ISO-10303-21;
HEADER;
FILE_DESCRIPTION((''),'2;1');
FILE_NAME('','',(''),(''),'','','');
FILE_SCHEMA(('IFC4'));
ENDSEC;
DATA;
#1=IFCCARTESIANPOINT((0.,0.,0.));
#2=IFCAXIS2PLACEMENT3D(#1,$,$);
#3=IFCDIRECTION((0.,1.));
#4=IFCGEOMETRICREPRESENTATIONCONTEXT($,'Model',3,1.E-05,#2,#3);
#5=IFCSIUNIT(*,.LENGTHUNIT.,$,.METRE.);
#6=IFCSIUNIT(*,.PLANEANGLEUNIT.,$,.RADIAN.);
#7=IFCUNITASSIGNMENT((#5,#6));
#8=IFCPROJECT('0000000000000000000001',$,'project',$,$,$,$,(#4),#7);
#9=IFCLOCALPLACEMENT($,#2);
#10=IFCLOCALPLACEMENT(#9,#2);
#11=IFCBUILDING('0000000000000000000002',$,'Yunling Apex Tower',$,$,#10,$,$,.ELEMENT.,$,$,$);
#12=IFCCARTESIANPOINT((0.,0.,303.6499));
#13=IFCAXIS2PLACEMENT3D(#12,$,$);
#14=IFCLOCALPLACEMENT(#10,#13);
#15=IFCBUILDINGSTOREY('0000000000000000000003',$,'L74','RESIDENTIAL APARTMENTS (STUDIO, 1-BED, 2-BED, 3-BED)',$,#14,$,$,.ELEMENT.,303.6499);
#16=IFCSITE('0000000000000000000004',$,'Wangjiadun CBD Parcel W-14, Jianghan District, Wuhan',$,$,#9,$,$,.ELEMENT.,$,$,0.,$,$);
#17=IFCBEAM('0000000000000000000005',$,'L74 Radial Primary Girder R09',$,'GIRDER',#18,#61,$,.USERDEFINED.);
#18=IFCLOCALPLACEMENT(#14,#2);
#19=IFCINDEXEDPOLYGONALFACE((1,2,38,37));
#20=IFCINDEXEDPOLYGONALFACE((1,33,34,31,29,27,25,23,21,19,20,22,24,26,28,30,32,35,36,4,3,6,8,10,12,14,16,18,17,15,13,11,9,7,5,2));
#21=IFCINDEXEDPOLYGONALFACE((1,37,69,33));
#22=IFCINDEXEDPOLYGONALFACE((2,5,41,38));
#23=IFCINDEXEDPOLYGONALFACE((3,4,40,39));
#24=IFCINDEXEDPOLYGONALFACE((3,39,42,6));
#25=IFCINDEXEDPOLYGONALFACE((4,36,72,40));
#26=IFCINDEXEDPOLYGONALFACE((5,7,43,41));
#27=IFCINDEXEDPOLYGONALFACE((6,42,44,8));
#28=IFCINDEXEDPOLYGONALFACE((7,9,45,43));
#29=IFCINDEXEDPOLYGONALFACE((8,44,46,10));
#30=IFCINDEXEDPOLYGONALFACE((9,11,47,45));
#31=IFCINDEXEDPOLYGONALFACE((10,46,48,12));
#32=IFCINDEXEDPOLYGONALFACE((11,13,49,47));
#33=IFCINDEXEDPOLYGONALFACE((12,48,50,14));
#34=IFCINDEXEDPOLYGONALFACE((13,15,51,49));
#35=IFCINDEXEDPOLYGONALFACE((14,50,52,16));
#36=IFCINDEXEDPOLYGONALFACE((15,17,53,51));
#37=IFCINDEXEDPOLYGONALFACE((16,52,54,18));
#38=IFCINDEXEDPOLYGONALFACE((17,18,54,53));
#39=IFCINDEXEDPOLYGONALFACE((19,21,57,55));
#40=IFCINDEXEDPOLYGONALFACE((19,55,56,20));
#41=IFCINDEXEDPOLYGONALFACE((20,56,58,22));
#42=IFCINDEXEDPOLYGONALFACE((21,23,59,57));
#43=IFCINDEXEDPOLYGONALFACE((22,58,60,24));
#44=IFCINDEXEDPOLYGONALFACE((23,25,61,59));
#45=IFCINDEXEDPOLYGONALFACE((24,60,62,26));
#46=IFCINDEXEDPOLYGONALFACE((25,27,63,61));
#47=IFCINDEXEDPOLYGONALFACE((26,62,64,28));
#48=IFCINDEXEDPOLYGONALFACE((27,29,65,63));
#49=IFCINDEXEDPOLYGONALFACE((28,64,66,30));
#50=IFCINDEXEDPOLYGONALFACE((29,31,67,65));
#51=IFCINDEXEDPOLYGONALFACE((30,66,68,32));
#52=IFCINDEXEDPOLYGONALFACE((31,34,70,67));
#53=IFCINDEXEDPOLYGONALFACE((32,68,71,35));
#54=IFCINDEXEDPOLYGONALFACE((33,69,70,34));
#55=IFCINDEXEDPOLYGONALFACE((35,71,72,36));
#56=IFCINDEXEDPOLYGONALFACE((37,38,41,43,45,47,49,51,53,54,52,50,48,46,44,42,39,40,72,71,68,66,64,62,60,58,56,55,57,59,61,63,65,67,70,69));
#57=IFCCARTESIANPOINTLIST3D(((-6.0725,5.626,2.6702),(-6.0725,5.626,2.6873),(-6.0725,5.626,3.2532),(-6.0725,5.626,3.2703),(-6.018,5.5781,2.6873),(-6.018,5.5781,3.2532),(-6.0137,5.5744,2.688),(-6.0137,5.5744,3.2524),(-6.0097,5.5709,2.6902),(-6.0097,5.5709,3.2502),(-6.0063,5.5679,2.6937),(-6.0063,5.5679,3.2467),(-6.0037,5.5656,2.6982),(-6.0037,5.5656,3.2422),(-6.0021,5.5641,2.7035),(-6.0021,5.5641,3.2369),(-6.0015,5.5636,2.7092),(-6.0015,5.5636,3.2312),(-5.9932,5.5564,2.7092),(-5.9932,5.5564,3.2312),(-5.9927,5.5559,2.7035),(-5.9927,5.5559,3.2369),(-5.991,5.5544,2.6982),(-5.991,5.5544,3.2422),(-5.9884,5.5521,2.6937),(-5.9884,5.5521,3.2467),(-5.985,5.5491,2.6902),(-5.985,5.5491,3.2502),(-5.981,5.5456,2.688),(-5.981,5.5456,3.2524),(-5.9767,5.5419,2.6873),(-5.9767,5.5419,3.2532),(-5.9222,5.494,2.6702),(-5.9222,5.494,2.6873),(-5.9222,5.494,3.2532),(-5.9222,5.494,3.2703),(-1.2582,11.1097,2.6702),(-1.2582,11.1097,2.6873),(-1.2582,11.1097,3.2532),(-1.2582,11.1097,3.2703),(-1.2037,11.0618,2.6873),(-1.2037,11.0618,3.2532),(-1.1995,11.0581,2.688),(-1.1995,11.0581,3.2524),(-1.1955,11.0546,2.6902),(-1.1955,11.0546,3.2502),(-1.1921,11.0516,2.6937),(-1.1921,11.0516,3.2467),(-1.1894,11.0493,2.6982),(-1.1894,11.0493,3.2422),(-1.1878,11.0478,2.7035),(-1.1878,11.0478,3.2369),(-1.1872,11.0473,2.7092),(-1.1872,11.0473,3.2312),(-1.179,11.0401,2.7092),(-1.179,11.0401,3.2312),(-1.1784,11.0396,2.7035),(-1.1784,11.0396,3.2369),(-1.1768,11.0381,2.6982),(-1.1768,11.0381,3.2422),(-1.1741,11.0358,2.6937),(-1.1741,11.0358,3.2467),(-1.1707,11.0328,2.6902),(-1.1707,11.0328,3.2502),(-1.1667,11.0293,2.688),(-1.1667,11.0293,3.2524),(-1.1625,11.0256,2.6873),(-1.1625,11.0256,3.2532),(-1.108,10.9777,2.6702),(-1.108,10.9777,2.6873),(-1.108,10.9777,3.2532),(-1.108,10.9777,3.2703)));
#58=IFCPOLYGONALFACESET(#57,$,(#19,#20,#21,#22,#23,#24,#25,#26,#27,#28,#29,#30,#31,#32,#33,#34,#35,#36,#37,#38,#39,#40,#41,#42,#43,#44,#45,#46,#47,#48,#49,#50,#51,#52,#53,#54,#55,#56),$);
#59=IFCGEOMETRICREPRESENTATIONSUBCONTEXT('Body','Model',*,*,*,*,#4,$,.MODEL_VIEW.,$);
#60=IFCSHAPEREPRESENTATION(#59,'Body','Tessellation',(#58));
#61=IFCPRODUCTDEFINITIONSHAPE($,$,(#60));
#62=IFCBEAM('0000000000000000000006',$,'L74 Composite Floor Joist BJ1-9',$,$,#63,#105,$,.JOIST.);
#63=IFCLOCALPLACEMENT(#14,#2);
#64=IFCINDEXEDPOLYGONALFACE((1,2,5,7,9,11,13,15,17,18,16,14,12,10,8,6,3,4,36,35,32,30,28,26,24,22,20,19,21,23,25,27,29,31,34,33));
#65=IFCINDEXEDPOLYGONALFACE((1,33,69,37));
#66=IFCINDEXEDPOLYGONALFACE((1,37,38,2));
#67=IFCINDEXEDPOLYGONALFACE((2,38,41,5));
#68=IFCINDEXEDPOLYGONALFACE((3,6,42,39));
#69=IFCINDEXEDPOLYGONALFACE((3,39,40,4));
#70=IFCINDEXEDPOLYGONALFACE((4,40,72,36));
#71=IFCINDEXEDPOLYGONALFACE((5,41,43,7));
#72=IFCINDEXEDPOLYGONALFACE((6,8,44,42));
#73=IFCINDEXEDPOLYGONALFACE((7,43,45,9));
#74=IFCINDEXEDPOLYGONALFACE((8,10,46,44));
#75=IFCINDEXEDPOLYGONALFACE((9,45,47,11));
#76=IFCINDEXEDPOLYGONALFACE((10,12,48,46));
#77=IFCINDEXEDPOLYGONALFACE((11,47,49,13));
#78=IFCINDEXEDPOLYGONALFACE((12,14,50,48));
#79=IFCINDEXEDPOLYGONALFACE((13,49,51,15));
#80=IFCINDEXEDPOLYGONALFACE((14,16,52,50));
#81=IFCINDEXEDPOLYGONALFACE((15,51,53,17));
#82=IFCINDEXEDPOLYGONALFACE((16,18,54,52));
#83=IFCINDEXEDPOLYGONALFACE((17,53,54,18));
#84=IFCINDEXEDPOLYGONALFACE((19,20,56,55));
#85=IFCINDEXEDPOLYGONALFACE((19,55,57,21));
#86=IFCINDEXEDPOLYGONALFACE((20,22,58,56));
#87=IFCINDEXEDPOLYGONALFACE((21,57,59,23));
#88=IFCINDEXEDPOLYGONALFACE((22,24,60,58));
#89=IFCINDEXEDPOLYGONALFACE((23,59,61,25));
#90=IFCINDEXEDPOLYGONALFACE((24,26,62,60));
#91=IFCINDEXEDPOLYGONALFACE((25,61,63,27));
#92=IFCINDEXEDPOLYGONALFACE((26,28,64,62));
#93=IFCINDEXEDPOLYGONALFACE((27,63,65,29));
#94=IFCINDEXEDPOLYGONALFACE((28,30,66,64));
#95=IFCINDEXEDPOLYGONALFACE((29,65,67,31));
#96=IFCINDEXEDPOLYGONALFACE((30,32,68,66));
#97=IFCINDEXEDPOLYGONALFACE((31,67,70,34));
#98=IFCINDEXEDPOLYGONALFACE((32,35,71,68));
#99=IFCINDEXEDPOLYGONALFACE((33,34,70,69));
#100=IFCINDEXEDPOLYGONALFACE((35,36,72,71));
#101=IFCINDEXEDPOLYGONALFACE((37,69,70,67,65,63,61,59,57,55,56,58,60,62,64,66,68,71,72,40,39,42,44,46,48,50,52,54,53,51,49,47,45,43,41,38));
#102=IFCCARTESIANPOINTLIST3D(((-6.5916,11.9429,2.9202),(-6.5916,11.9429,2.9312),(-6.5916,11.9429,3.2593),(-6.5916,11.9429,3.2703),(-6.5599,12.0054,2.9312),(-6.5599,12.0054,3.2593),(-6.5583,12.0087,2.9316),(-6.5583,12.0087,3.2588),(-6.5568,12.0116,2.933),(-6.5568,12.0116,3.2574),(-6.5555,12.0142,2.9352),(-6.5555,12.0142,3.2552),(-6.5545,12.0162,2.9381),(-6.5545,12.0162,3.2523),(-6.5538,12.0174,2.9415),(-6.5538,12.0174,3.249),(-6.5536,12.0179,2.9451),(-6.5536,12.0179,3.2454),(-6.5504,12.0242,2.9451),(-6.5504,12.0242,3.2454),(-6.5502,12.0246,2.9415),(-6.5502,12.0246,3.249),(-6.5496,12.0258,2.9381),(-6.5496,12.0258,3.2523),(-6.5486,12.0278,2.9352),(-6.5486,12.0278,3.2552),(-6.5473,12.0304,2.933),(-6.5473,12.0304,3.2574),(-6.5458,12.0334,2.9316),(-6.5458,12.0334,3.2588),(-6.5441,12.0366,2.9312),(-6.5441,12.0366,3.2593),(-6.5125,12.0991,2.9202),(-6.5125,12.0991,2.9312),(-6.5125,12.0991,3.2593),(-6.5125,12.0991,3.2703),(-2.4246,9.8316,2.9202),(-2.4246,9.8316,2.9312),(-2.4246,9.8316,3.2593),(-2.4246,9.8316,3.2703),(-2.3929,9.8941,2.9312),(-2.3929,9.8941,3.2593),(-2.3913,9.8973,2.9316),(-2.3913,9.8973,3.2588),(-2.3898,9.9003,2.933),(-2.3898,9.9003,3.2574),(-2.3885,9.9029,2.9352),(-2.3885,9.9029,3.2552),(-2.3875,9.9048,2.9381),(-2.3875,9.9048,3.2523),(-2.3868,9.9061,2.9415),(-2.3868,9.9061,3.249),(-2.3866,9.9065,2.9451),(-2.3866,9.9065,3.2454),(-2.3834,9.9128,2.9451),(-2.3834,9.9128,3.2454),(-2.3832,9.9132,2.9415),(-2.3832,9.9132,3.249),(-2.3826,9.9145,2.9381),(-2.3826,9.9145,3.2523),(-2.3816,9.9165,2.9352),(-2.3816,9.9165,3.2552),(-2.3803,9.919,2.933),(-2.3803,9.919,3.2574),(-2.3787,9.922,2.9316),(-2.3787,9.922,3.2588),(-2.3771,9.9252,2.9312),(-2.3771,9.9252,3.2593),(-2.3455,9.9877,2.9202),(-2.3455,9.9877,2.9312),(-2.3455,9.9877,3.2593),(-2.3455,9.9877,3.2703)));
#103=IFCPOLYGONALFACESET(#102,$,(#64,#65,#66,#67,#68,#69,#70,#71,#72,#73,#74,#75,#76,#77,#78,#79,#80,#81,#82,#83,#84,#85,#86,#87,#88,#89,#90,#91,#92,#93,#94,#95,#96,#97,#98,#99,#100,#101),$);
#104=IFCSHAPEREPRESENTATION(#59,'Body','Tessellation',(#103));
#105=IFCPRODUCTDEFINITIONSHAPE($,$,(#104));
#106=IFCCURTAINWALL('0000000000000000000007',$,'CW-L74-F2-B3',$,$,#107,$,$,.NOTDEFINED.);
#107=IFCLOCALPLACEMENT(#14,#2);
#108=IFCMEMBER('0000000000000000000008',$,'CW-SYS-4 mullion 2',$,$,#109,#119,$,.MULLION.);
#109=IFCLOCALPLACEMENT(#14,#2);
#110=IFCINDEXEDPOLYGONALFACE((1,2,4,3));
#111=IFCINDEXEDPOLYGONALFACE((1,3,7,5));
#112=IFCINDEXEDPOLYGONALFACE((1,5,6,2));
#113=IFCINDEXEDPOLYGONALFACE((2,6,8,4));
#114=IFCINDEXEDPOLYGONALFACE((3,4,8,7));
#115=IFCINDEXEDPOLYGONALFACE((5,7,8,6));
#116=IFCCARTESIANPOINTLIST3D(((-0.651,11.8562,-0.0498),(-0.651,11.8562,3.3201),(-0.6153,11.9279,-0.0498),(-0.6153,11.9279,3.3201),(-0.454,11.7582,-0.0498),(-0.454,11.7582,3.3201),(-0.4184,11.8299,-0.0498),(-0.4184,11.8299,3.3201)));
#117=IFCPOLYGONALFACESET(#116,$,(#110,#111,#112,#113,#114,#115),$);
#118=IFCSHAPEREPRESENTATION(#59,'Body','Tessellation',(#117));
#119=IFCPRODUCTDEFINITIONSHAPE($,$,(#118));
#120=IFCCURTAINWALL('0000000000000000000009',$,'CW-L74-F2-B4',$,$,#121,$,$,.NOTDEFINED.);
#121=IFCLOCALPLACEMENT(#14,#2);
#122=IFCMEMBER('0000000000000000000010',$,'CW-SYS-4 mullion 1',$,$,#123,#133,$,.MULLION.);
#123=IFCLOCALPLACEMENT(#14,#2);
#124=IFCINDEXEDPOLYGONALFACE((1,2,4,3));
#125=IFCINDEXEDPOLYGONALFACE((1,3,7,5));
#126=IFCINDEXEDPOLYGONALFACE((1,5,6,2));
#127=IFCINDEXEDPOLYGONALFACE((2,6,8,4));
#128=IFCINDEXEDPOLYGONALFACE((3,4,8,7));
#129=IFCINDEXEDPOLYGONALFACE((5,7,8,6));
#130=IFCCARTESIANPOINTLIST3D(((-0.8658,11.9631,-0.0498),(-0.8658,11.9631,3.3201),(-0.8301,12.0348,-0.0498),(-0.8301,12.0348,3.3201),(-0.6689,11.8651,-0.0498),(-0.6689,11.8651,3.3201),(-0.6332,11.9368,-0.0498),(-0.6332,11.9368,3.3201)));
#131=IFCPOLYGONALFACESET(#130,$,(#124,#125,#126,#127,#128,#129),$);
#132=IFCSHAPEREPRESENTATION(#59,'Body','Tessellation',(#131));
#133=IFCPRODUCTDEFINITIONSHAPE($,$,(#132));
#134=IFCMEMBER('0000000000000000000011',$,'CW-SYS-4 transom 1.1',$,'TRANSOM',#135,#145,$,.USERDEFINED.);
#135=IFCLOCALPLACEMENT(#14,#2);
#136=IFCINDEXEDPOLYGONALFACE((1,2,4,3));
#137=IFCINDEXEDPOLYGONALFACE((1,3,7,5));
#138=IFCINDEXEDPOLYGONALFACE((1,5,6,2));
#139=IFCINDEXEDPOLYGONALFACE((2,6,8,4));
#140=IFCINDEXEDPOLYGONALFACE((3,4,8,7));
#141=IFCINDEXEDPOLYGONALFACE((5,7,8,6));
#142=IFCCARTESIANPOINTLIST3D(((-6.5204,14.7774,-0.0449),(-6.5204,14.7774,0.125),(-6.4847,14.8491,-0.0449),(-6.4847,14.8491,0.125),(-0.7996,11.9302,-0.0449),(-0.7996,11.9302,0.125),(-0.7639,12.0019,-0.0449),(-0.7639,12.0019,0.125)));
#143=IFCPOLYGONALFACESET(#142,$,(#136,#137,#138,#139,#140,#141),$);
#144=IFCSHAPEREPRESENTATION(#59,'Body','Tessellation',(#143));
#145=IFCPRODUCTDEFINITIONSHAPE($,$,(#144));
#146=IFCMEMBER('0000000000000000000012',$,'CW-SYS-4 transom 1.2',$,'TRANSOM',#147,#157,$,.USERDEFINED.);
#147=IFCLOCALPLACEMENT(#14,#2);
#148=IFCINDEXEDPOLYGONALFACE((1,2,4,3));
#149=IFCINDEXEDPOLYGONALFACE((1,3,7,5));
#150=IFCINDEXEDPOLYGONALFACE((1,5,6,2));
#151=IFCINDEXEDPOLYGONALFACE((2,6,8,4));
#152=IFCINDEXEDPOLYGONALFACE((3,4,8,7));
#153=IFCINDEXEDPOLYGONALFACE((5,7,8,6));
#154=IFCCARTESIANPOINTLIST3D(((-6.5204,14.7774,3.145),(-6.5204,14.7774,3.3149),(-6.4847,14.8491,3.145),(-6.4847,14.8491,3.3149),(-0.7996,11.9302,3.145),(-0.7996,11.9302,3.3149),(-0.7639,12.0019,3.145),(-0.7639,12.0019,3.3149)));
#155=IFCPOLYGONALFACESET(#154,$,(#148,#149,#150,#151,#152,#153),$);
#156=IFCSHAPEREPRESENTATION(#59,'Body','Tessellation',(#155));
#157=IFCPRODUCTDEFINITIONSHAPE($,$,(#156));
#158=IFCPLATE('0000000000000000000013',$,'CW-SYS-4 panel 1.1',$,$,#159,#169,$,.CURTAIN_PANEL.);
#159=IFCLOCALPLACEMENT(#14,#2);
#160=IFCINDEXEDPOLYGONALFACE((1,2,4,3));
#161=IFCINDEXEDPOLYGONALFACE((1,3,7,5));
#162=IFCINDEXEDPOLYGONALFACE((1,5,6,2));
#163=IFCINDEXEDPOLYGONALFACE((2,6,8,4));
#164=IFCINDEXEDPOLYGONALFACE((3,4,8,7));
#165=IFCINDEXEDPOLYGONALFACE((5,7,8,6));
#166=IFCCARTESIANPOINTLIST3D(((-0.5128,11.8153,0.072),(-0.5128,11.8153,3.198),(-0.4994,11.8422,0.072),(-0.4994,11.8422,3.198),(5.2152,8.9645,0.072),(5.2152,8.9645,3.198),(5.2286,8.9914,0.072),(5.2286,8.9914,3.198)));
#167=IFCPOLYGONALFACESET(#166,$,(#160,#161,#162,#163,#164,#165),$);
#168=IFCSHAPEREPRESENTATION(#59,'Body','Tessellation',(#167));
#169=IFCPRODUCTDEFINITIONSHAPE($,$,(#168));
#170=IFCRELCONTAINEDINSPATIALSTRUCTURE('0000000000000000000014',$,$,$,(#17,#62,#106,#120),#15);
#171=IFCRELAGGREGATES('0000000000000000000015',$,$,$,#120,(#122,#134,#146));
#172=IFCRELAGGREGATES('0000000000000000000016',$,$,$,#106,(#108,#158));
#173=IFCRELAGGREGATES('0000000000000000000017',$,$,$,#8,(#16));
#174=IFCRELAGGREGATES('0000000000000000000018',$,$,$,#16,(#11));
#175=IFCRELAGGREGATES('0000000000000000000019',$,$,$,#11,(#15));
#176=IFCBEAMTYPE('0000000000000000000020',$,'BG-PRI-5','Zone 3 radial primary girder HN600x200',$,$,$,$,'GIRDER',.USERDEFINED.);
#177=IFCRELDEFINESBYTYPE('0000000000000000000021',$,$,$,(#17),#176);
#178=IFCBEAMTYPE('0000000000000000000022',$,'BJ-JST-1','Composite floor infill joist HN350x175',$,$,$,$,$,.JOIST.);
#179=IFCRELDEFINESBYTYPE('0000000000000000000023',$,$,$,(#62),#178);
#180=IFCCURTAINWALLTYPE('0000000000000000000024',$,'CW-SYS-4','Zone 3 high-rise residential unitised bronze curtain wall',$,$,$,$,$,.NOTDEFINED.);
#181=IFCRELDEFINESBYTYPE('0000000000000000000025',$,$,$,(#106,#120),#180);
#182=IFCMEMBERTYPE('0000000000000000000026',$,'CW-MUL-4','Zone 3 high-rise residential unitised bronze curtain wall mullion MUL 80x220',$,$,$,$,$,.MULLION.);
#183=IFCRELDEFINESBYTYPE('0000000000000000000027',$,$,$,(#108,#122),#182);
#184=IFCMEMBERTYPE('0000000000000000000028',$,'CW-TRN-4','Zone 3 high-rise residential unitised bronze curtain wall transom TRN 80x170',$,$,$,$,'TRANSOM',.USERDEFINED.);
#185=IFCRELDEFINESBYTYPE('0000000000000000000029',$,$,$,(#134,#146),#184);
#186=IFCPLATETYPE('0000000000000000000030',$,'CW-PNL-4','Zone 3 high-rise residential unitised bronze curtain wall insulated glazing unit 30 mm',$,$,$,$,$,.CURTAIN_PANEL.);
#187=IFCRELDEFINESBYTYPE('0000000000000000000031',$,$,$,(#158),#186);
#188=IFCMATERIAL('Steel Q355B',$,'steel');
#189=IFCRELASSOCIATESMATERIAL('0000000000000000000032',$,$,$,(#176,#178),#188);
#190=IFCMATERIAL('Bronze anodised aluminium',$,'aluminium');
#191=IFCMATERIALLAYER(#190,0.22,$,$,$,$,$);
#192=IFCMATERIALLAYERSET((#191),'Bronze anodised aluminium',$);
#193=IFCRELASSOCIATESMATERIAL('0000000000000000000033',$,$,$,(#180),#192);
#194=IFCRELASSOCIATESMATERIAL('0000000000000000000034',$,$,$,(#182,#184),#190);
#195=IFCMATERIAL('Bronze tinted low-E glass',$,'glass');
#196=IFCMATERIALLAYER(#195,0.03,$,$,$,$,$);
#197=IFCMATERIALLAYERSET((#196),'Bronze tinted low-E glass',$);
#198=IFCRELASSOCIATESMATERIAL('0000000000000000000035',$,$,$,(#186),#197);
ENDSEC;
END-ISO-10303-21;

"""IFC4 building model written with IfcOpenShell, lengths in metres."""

from ifc_helpers import new_model, si_unit, direction, frame, origin, origin_2d, place, context, subcontext, project, spatial, rectangle, i_section, extrude, source, transform, mapped, material, layer, layer_set, material_profile, profile_set, type_object, element, aggregate, save


model = new_model("IFC4")

# Units and contexts
model_context = context("Model", 3, precision=1e-05, world=origin(), true_north=direction((0.0, 1.0)))
body_context = subcontext(model_context, "Body", "Model", "MODEL_VIEW")
ifc_project = project(units=[si_unit("LENGTHUNIT", "METRE"), si_unit("PLANEANGLEUNIT", "RADIAN")], contexts=[model_context])

# Site, building, storey
site_placement = place(None, origin())
site = spatial("IfcSite", under=ifc_project, at=site_placement, Name="Wangjiadun CBD Parcel W-14, Jianghan District, Wuhan", CompositionType="ELEMENT", RefElevation=0.0)
building_placement = place(site_placement, origin())
building = spatial("IfcBuilding", under=site, at=building_placement, Name="Yunling Apex Tower", CompositionType="ELEMENT")
storey_placement = place(building_placement, frame((0.0, 0.0, 303.6499)))
storey = spatial("IfcBuildingStorey", under=building, at=storey_placement, Name="L74", Description="RESIDENTIAL APARTMENTS (STUDIO, 1-BED, 2-BED, 3-BED)", CompositionType="ELEMENT", Elevation=303.6499)

# Shared definitions
ifc_material_1 = material(Name="Steel Q355B", Category="steel")

# Beams
ifc_material_profile_1 = material_profile(ifc_material_1, i_section(OverallWidth=0.2, OverallDepth=0.6001, WebThickness=0.011, FlangeThickness=0.0171, FilletRadius=0.022, at=origin_2d()))
ifc_profile_set_1 = profile_set([ifc_material_profile_1], Name="Steel Q355B")
beam_type_1 = type_object("IfcBeamType", Name="BG-PRI-5", Description="Zone 3 radial primary girder HN600x200", ElementType="GIRDER", PredefinedType="USERDEFINED", material=ifc_profile_set_1)
shared_shape_1 = source(origin(), body_context, "Body", "SweptSolid", [
    extrude(i_section(OverallWidth=0.2, OverallDepth=0.6001, WebThickness=0.011, FlangeThickness=0.0171, FilletRadius=0.022, at=origin_2d()), origin(), (0.0, 0.0, 1.0), 7.2971),
])
beam_1_placement = place(storey_placement, frame((-1.1831, 11.0437, 2.9702), z_axis=(-0.659747, -0.751488, 0.0), x_axis=(0.751488, -0.659747, 0.0)))
element("IfcBeam", 1, at=beam_1_placement, inside=storey, type_object=beam_type_1, Name="L74 Radial Primary Girder R09", ObjectType="GIRDER", PredefinedType="USERDEFINED", context=body_context, shape_type="MappedRepresentation", body=[
    mapped(shared_shape_1, transform((0.0, 0.0, 0.0), scale=1.0)),
])
ifc_material_profile_2 = material_profile(ifc_material_1, i_section(OverallWidth=0.175, OverallDepth=0.3501, WebThickness=0.0071, FlangeThickness=0.011, FilletRadius=0.0139, at=origin_2d()))
ifc_profile_set_2 = profile_set([ifc_material_profile_2], Name="Steel Q355B")
beam_type_2 = type_object("IfcBeamType", Name="BJ-JST-1", Description="Composite floor infill joist HN350x175", PredefinedType="JOIST", material=ifc_profile_set_2)
shared_shape_2 = source(origin(), body_context, "Body", "SweptSolid", [
    extrude(i_section(OverallWidth=0.175, OverallDepth=0.3501, WebThickness=0.0071, FlangeThickness=0.011, FilletRadius=0.0139, at=origin_2d()), origin(), (0.0, 0.0, 1.0), 4.6714),
])
beam_2_placement = place(storey_placement, frame((-2.385, 9.9097, 3.0952), z_axis=(-0.892031, 0.451974, 0.0), x_axis=(-0.451974, -0.892031, 0.0)))
element("IfcBeam", 2, at=beam_2_placement, inside=storey, type_object=beam_type_2, Name="L74 Composite Floor Joist BJ1-9", PredefinedType="JOIST", context=body_context, shape_type="MappedRepresentation", body=[
    mapped(shared_shape_2, transform((0.0, 0.0, 0.0), scale=1.0)),
])

# Curtain wall, member
ifc_material_2 = material(Name="Bronze anodised aluminium", Category="aluminium")
ifc_layer_1 = layer(ifc_material_2, 0.22)
ifc_layer_set_1 = layer_set([ifc_layer_1], Name="Bronze anodised aluminium")
curtain_wall_type = type_object("IfcCurtainWallType", Name="CW-SYS-4", Description="Zone 3 high-rise residential unitised bronze curtain wall", PredefinedType="NOTDEFINED", material=ifc_layer_set_1)
curtain_wall_1_placement = place(storey_placement, origin())
curtain_wall_1 = element("IfcCurtainWall", 3, at=curtain_wall_1_placement, inside=storey, type_object=curtain_wall_type, Name="CW-L74-F2-B3", PredefinedType="NOTDEFINED")
ifc_material_profile_3 = material_profile(ifc_material_2, rectangle(XDim=0.0801, YDim=0.22, at=origin_2d()))
ifc_profile_set_3 = profile_set([ifc_material_profile_3], Name="Bronze anodised aluminium")
member_type_1 = type_object("IfcMemberType", Name="CW-MUL-4", Description="Zone 3 high-rise residential unitised bronze curtain wall mullion MUL 80x220", PredefinedType="MULLION", material=ifc_profile_set_3)
shared_shape_3 = source(origin(), body_context, "Body", "SweptSolid", [
    extrude(rectangle(XDim=0.0801, YDim=0.22, at=origin_2d()), origin(), (0.0, 0.0, 1.0), 3.3699),
])
member_1_placement = place(storey_placement, frame((-0.5347, 11.843, -0.0498), z_axis=(0.0, 0.0, 1.0), x_axis=(-0.445562, -0.895251, 0.0)))
member_1 = element("IfcMember", 4, at=member_1_placement, type_object=member_type_1, Name="CW-SYS-4 mullion 2", PredefinedType="MULLION", context=body_context, shape_type="MappedRepresentation", body=[
    mapped(shared_shape_3, transform((0.0, 0.0, 0.0), scale=1.0)),
])

# Curtain wall, members
curtain_wall_2_placement = place(storey_placement, origin())
curtain_wall_2 = element("IfcCurtainWall", 5, at=curtain_wall_2_placement, inside=storey, type_object=curtain_wall_type, Name="CW-L74-F2-B4", PredefinedType="NOTDEFINED")
member_2_placement = place(storey_placement, frame((-0.7495, 11.95, -0.0498), z_axis=(0.0, 0.0, 1.0), x_axis=(-0.445568, -0.895248, 0.0)))
member_2 = element("IfcMember", 6, at=member_2_placement, type_object=member_type_1, Name="CW-SYS-4 mullion 1", PredefinedType="MULLION", context=body_context, shape_type="MappedRepresentation", body=[
    mapped(shared_shape_3, transform((0.0, 0.0, 0.0), scale=1.0)),
])
ifc_material_profile_4 = material_profile(ifc_material_2, rectangle(XDim=0.0801, YDim=0.1699, at=origin_2d()))
ifc_profile_set_4 = profile_set([ifc_material_profile_4], Name="Bronze anodised aluminium")
member_type_2 = type_object("IfcMemberType", Name="CW-TRN-4", Description="Zone 3 high-rise residential unitised bronze curtain wall transom TRN 80x170", ElementType="TRANSOM", PredefinedType="USERDEFINED", material=ifc_profile_set_4)
shared_shape_4 = source(origin(), body_context, "Body", "SweptSolid", [
    extrude(rectangle(XDim=0.0801, YDim=0.1699, at=origin_2d()), origin(), (0.0, 0.0, 1.0), 6.3901),
])
member_3_placement = place(storey_placement, frame((-0.7817, 11.9661, 0.04), z_axis=(-0.895251, 0.445562, 0.0), x_axis=(-0.445562, -0.895251, 0.0)))
member_3 = element("IfcMember", 7, at=member_3_placement, type_object=member_type_2, Name="CW-SYS-4 transom 1.1", ObjectType="TRANSOM", PredefinedType="USERDEFINED", context=body_context, shape_type="MappedRepresentation", body=[
    mapped(shared_shape_4, transform((0.0, 0.0, 0.0), scale=1.0)),
])
member_4_placement = place(storey_placement, frame((-0.7817, 11.9661, 3.23), z_axis=(-0.895251, 0.445562, 0.0), x_axis=(-0.445562, -0.895251, 0.0)))
member_4 = element("IfcMember", 8, at=member_4_placement, type_object=member_type_2, Name="CW-SYS-4 transom 1.2", ObjectType="TRANSOM", PredefinedType="USERDEFINED", context=body_context, shape_type="MappedRepresentation", body=[
    mapped(shared_shape_4, transform((0.0, 0.0, 0.0), scale=1.0)),
])
aggregate(curtain_wall_2, [member_2, member_3, member_4])

# Plate
ifc_material_3 = material(Name="Bronze tinted low-E glass", Category="glass")
ifc_layer_2 = layer(ifc_material_3, 0.03)
ifc_layer_set_2 = layer_set([ifc_layer_2], Name="Bronze tinted low-E glass")
plate_type = type_object("IfcPlateType", Name="CW-PNL-4", Description="Zone 3 high-rise residential unitised bronze curtain wall insulated glazing unit 30 mm", PredefinedType="CURTAIN_PANEL", material=ifc_layer_set_2)
shared_shape_5 = source(origin(), body_context, "Body", "SweptSolid", [
    extrude(rectangle(XDim=6.3982, YDim=0.03, at=origin_2d()), origin(), (0.0, 0.0, 1.0), 3.126),
])
plate_placement = place(storey_placement, frame((2.3579, 10.4033, 0.072), z_axis=(0.0, 0.0, 1.0), x_axis=(-0.895251, 0.445562, 0.0)))
plate = element("IfcPlate", 9, at=plate_placement, type_object=plate_type, Name="CW-SYS-4 panel 1.1", PredefinedType="CURTAIN_PANEL", context=body_context, shape_type="MappedRepresentation", body=[
    mapped(shared_shape_5, transform((0.0, 0.0, 0.0), scale=1.0)),
])
aggregate(curtain_wall_1, [member_1, plate])

save(model, "model.ifc")
